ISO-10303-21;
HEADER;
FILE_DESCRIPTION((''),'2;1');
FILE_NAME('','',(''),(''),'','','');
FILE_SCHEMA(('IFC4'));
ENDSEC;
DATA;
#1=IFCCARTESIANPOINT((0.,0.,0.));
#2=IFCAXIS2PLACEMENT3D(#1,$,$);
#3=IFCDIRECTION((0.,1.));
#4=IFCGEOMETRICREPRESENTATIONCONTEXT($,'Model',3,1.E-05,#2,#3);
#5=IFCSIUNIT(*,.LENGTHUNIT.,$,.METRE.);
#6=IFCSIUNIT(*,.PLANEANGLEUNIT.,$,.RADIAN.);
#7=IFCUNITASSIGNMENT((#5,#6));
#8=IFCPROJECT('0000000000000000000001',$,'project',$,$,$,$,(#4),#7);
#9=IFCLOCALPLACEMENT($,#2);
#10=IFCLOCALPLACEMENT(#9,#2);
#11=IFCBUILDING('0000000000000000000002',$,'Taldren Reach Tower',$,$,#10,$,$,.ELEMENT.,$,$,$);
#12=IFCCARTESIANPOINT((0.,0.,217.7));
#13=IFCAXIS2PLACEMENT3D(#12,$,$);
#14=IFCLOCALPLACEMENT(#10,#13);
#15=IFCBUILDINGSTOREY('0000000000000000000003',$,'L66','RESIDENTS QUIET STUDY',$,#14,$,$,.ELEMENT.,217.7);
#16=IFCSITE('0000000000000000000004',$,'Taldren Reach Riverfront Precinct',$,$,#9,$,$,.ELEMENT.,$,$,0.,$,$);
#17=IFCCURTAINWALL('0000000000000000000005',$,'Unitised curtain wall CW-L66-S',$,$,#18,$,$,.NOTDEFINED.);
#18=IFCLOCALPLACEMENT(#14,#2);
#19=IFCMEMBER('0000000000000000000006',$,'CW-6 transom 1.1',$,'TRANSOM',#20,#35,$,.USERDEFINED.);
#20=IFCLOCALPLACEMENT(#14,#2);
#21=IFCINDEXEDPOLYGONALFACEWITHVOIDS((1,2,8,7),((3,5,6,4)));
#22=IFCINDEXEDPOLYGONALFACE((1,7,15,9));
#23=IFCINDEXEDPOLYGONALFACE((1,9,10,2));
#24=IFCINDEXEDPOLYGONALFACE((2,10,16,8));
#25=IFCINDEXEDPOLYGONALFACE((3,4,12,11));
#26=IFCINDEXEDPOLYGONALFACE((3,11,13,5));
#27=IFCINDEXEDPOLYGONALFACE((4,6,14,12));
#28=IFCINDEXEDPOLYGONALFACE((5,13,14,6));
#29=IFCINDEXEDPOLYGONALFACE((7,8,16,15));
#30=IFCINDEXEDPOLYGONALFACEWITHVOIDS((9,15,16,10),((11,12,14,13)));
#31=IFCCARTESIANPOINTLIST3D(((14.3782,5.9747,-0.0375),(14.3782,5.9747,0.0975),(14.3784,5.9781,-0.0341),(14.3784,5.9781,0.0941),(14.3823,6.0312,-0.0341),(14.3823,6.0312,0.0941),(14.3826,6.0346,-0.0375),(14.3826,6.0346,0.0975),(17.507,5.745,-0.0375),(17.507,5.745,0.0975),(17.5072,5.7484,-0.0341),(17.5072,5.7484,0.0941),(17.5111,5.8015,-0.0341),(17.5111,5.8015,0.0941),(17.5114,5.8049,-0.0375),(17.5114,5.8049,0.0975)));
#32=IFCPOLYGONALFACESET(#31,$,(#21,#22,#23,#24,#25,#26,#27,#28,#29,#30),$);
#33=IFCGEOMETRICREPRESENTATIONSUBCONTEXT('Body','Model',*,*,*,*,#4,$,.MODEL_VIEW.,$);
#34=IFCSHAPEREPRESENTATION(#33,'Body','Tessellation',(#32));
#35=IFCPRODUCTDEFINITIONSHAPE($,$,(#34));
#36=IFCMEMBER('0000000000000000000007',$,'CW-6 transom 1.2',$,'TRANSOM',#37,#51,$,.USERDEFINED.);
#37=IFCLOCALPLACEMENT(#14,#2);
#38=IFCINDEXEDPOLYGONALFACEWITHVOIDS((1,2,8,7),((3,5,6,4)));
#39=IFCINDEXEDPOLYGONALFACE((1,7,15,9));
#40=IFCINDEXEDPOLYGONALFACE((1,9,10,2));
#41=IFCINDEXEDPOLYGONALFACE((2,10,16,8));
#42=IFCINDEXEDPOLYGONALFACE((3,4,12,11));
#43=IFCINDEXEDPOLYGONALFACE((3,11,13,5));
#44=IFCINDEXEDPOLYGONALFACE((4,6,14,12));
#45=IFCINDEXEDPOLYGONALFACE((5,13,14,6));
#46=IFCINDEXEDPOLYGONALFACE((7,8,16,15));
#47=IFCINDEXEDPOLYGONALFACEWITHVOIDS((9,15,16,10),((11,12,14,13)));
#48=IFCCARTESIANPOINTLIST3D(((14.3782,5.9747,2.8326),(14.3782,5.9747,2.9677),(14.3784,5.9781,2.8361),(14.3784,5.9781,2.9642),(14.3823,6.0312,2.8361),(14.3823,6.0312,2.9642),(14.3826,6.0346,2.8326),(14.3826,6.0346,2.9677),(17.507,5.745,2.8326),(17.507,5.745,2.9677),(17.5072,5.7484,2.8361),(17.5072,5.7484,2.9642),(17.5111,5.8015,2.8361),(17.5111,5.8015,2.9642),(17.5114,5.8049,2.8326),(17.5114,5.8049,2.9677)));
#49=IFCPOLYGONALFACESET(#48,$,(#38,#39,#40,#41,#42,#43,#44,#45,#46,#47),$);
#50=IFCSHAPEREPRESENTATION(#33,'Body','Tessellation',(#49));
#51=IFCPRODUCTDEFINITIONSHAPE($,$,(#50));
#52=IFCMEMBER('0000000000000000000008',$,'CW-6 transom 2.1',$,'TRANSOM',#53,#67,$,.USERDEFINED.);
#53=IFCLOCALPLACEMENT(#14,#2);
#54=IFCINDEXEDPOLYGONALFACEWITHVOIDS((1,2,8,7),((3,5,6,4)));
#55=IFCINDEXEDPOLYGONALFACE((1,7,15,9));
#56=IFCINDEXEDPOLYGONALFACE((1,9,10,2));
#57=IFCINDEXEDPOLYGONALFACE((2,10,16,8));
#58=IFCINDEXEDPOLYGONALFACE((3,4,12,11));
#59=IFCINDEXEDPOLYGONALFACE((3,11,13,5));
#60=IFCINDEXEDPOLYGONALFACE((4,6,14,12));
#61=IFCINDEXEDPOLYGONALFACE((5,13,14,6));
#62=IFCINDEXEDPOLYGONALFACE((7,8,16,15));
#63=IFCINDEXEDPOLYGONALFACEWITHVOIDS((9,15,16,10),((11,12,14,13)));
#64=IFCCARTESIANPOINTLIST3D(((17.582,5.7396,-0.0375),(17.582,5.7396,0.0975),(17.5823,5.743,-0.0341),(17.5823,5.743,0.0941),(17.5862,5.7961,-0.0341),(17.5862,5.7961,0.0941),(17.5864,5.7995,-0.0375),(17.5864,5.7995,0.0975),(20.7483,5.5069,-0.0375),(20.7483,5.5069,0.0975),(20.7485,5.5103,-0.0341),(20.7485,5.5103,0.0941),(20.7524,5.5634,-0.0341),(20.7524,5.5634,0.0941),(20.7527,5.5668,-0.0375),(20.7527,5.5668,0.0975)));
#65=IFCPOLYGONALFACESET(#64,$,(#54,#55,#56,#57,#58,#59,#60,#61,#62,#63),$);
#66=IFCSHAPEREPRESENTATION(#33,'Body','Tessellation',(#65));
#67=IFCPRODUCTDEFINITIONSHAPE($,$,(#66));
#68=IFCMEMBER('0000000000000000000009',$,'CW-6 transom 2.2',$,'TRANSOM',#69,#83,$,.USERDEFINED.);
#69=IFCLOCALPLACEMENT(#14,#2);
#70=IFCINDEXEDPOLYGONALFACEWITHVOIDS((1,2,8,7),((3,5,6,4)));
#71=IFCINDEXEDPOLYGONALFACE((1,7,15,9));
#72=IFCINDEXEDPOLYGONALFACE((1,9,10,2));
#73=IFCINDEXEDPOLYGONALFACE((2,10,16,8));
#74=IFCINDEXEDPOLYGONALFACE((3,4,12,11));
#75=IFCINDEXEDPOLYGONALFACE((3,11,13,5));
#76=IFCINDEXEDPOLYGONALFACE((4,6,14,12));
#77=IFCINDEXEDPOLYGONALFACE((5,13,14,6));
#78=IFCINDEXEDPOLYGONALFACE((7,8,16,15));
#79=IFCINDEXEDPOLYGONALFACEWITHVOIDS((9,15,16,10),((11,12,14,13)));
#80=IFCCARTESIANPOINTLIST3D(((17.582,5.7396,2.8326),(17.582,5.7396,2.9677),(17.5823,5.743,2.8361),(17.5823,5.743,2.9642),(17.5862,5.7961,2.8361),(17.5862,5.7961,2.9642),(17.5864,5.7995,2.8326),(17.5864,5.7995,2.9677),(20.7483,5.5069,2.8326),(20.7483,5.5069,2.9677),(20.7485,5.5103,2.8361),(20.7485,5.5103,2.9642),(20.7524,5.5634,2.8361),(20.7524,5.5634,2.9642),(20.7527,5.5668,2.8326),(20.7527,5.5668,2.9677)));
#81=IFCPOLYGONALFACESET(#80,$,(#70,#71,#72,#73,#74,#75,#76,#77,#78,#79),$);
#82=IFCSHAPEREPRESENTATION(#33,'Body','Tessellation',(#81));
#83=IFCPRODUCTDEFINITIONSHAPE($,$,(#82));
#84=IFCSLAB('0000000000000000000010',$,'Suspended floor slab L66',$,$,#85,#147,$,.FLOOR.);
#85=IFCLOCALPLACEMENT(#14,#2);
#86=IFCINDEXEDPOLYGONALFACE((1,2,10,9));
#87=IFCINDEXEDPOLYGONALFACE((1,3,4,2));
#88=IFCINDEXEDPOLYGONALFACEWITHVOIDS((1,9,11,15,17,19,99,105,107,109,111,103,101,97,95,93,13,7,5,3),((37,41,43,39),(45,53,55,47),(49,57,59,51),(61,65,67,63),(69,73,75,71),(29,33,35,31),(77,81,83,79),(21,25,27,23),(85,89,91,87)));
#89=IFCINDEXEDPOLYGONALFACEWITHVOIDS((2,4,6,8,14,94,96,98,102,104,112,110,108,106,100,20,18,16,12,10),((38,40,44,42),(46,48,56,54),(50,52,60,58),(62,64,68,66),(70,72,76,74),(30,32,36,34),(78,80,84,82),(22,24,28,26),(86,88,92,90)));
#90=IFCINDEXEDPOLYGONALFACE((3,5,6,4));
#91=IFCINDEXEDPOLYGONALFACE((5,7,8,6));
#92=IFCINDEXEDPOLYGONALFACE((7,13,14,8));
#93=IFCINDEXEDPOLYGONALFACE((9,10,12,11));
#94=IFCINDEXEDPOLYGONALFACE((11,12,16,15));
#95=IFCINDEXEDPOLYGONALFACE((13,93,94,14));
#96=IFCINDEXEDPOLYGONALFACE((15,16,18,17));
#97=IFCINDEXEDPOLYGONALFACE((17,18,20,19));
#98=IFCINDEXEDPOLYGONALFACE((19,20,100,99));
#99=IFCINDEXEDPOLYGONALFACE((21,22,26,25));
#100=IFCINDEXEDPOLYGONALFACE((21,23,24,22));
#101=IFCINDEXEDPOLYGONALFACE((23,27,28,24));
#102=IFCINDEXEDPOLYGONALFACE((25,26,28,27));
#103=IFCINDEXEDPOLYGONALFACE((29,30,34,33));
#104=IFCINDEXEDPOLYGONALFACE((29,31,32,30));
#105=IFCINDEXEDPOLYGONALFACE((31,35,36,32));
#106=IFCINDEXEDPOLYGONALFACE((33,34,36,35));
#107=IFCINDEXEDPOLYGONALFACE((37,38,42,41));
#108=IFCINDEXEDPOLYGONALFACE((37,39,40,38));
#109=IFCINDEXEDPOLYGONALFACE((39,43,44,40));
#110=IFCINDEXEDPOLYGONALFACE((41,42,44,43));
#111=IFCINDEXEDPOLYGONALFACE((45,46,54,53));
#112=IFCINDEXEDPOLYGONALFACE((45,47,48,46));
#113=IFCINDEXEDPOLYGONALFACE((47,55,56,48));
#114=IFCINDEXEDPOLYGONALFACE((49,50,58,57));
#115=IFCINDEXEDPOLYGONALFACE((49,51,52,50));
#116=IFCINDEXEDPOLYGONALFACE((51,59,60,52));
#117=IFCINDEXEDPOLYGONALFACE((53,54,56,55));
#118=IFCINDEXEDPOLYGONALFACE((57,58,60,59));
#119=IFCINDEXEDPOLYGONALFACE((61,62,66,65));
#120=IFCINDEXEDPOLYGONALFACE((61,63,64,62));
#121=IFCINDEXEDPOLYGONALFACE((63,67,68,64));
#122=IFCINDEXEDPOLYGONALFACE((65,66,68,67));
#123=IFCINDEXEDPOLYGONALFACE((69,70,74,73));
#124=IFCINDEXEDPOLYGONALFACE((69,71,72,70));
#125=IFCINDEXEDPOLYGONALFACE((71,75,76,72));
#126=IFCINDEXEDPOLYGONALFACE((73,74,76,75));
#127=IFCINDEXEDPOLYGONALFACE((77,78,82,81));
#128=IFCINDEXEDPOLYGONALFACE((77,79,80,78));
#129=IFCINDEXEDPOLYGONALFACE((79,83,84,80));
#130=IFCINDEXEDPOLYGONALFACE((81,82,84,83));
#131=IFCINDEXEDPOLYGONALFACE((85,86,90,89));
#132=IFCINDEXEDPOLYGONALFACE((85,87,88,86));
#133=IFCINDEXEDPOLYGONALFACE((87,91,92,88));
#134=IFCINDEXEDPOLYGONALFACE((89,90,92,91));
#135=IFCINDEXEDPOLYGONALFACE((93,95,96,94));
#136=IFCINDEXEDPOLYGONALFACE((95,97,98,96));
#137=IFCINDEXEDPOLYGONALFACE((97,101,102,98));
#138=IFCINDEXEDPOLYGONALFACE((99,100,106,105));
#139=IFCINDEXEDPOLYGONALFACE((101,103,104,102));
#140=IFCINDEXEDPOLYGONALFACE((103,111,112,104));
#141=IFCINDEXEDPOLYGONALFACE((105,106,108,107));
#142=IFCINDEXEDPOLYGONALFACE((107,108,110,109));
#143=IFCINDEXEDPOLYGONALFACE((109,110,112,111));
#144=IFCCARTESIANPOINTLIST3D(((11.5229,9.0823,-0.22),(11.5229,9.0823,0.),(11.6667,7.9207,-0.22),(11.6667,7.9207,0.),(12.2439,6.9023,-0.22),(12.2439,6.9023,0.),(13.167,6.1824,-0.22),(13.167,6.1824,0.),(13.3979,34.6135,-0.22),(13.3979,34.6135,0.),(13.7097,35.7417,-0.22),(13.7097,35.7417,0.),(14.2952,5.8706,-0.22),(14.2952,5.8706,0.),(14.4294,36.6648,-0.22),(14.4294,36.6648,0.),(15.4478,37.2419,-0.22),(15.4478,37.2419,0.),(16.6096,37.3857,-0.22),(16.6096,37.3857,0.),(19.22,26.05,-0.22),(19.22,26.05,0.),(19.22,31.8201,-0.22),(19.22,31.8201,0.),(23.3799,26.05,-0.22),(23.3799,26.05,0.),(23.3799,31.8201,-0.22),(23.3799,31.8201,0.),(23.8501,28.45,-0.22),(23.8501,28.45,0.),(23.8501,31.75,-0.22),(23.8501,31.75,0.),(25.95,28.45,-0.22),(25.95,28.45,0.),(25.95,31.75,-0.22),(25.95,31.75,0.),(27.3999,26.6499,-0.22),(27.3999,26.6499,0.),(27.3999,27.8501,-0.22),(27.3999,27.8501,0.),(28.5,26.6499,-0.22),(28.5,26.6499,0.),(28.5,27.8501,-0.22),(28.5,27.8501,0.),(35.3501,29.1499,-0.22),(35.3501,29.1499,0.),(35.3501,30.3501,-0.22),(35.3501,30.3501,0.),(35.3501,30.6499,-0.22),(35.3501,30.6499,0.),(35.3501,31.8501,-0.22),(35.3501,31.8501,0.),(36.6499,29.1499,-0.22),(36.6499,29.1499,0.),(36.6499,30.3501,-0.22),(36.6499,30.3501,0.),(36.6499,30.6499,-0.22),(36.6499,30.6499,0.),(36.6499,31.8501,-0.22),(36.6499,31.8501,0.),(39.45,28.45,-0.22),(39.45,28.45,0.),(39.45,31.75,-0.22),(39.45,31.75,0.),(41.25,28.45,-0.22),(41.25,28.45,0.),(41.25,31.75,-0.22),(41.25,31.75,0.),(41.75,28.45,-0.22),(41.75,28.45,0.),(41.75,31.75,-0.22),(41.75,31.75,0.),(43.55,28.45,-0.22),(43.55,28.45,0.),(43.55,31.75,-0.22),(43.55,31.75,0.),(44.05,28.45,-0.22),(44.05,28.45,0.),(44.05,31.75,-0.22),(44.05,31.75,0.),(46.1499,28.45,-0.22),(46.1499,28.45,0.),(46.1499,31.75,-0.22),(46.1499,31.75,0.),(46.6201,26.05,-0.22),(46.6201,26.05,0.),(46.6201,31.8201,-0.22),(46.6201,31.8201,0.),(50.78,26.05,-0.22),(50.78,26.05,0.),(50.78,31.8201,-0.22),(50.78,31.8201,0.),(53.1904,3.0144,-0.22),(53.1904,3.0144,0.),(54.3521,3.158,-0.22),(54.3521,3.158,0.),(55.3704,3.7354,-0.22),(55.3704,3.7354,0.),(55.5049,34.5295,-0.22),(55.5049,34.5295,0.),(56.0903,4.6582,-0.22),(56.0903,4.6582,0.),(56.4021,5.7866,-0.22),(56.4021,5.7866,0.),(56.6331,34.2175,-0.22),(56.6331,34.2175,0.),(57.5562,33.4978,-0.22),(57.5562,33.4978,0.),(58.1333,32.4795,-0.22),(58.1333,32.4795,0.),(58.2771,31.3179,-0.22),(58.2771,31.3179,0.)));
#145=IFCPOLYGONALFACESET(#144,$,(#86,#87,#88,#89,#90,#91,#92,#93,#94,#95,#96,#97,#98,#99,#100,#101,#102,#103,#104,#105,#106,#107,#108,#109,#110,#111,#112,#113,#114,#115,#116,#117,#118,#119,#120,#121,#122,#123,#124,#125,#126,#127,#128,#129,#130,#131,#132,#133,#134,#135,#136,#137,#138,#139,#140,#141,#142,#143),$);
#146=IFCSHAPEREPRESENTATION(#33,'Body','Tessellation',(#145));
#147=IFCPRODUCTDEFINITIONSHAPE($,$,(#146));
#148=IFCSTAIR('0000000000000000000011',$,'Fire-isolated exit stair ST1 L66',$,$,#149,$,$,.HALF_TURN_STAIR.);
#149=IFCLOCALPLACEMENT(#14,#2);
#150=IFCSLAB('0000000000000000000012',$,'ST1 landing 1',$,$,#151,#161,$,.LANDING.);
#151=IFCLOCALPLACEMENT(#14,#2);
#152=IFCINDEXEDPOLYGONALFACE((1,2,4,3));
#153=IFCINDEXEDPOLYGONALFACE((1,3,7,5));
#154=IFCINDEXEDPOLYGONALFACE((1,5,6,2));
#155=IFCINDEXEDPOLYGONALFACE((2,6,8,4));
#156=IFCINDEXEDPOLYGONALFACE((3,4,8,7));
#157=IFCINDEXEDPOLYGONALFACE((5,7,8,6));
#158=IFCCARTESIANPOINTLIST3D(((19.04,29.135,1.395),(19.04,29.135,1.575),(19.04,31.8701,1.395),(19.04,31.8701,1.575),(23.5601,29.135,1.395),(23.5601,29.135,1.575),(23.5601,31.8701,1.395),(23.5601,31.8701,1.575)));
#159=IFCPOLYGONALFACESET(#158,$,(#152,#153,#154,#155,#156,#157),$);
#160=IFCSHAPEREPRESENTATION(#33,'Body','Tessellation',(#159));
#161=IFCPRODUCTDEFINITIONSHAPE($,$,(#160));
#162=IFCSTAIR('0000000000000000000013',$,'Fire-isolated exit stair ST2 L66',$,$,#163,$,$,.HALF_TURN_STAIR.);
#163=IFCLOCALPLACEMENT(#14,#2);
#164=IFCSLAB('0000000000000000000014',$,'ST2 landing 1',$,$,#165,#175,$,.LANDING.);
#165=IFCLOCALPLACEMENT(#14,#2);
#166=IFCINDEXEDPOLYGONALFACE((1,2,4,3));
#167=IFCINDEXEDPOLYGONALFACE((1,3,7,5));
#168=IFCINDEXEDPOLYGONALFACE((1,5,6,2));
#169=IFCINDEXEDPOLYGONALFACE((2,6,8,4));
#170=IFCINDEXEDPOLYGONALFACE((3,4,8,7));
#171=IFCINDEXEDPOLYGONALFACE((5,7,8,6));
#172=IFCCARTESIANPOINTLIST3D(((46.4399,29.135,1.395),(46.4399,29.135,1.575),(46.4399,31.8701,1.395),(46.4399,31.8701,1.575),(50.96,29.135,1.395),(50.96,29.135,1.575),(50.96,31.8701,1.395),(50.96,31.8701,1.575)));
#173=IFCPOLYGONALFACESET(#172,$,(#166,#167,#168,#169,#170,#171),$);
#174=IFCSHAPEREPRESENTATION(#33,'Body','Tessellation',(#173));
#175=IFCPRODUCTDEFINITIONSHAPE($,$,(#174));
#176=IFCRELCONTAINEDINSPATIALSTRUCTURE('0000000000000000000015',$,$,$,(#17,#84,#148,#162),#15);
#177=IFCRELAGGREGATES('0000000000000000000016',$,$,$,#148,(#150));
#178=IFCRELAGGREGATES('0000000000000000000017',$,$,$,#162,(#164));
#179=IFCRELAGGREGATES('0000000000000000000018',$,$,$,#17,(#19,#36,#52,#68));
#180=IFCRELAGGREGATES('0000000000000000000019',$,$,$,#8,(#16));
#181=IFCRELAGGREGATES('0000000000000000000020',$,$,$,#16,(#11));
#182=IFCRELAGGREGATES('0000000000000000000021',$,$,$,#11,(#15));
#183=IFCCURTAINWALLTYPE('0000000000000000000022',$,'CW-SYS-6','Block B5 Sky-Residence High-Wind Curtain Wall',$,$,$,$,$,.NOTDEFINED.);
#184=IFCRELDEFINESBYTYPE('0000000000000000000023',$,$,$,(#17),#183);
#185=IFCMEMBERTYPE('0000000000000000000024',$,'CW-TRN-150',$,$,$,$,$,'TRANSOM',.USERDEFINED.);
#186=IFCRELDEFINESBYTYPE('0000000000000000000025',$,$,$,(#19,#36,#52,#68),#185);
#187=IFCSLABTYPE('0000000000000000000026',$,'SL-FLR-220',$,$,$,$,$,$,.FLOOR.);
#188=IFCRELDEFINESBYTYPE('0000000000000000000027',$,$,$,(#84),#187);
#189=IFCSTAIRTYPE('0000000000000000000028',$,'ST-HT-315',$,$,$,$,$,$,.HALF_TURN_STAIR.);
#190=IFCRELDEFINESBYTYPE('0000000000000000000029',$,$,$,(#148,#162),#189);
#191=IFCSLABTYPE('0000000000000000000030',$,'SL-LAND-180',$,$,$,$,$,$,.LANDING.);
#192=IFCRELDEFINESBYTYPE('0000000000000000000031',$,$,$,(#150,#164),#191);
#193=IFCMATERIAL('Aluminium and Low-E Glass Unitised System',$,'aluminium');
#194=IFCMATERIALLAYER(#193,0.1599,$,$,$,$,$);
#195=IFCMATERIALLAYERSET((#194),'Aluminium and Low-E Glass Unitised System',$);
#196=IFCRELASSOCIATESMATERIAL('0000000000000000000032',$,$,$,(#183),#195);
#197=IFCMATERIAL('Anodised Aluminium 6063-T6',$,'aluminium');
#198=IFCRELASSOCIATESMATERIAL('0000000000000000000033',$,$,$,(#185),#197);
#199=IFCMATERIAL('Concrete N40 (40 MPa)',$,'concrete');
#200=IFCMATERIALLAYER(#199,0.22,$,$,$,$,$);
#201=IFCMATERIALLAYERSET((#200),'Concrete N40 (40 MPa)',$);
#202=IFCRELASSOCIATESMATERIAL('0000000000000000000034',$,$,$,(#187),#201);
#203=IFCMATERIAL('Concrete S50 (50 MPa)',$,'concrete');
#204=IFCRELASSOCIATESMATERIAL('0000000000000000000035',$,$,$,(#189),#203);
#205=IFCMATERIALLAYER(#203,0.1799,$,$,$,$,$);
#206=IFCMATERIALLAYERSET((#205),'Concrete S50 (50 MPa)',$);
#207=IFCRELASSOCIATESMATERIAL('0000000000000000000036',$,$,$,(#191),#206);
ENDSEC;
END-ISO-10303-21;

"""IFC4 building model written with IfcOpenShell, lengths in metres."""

from ifc_helpers import new_model, si_unit, direction, frame, origin, origin_2d, place, context, subcontext, project, spatial, polyline, hollow_rectangle, outline, extrude, source, transform, mapped, material, layer, layer_set, material_profile, profile_set, type_object, element, aggregate, save


model = new_model("IFC4")

# Units and contexts
model_context = context("Model", 3, precision=1e-05, world=origin(), true_north=direction((0.0, 1.0)))
body_context = subcontext(model_context, "Body", "Model", "MODEL_VIEW")
ifc_project = project(units=[si_unit("LENGTHUNIT", "METRE"), si_unit("PLANEANGLEUNIT", "RADIAN")], contexts=[model_context])

# Site, building, storey
site_placement = place(None, origin())
site = spatial("IfcSite", under=ifc_project, at=site_placement, Name="Taldren Reach Riverfront Precinct", CompositionType="ELEMENT", RefElevation=0.0)
building_placement = place(site_placement, origin())
building = spatial("IfcBuilding", under=site, at=building_placement, Name="Taldren Reach Tower", CompositionType="ELEMENT")
storey_placement = place(building_placement, frame((0.0, 0.0, 217.7)))
storey = spatial("IfcBuildingStorey", under=building, at=storey_placement, Name="L66", Description="RESIDENTS QUIET STUDY", CompositionType="ELEMENT", Elevation=217.7)

# Curtain wall
ifc_material_1 = material(Name="Aluminium and Low-E Glass Unitised System", Category="aluminium")
ifc_layer_1 = layer(ifc_material_1, 0.1599)
ifc_layer_set_1 = layer_set([ifc_layer_1], Name="Aluminium and Low-E Glass Unitised System")
curtain_wall_type = type_object("IfcCurtainWallType", Name="CW-SYS-6", Description="Block B5 Sky-Residence High-Wind Curtain Wall", PredefinedType="NOTDEFINED", material=ifc_layer_set_1)
curtain_wall_1_placement = place(storey_placement, origin())
curtain_wall_1 = element("IfcCurtainWall", 1, at=curtain_wall_1_placement, inside=storey, type_object=curtain_wall_type, Name="Unitised curtain wall CW-L66-S", PredefinedType="NOTDEFINED")
ifc_material_2 = material(Name="Anodised Aluminium 6063-T6", Category="aluminium")

# Members
ifc_material_profile_1 = material_profile(ifc_material_2, hollow_rectangle(XDim=0.0601, YDim=0.135, WallThickness=0.0034, at=origin_2d()), Name="ALU-135x60x3.5RHS")
ifc_profile_set_1 = profile_set([ifc_material_profile_1], Name="Anodised Aluminium 6063-T6")
member_type_1 = type_object("IfcMemberType", Name="CW-TRN-150", ElementType="TRANSOM", PredefinedType="USERDEFINED", material=ifc_profile_set_1)
shared_shape_1 = source(origin(), body_context, "Body", "SweptSolid", [
    extrude(hollow_rectangle(XDim=0.0601, YDim=0.135, WallThickness=0.0034, at=origin_2d()), origin(), (0.0, 0.0, 1.0), 3.1372),
])
member_1_placement = place(storey_placement, frame((14.3804, 6.0046, 0.03), z_axis=(0.997315, -0.073227, 0.0), x_axis=(0.073227, 0.997315, 0.0)))
member_1 = element("IfcMember", 2, at=member_1_placement, type_object=member_type_1, Name="CW-6 transom 1.1", ObjectType="TRANSOM", PredefinedType="USERDEFINED", context=body_context, shape_type="MappedRepresentation", body=[
    mapped(shared_shape_1, transform((0.0, 0.0, 0.0), scale=1.0)),
])
member_2_placement = place(storey_placement, frame((14.3804, 6.0046, 2.9001), z_axis=(0.997315, -0.073227, 0.0), x_axis=(0.073227, 0.997315, 0.0)))
member_2 = element("IfcMember", 3, at=member_2_placement, type_object=member_type_1, Name="CW-6 transom 1.2", ObjectType="TRANSOM", PredefinedType="USERDEFINED", context=body_context, shape_type="MappedRepresentation", body=[
    mapped(shared_shape_1, transform((0.0, 0.0, 0.0), scale=1.0)),
])
shared_shape_2 = source(origin(), body_context, "Body", "SweptSolid", [
    extrude(hollow_rectangle(XDim=0.0601, YDim=0.135, WallThickness=0.0034, at=origin_2d()), origin(), (0.0, 0.0, 1.0), 3.1748),
])
member_3_placement = place(storey_placement, frame((17.5842, 5.7695, 0.03), z_axis=(0.997311, -0.073285, 0.0), x_axis=(0.073285, 0.997311, 0.0)))
member_3 = element("IfcMember", 4, at=member_3_placement, type_object=member_type_1, Name="CW-6 transom 2.1", ObjectType="TRANSOM", PredefinedType="USERDEFINED", context=body_context, shape_type="MappedRepresentation", body=[
    mapped(shared_shape_2, transform((0.0, 0.0, 0.0), scale=1.0)),
])
member_4_placement = place(storey_placement, frame((17.5842, 5.7695, 2.9001), z_axis=(0.997311, -0.073285, 0.0), x_axis=(0.073285, 0.997311, 0.0)))
member_4 = element("IfcMember", 5, at=member_4_placement, type_object=member_type_1, Name="CW-6 transom 2.2", ObjectType="TRANSOM", PredefinedType="USERDEFINED", context=body_context, shape_type="MappedRepresentation", body=[
    mapped(shared_shape_2, transform((0.0, 0.0, 0.0), scale=1.0)),
])

# Slab
ifc_material_3 = material(Name="Concrete N40 (40 MPa)", Category="concrete")
ifc_layer_2 = layer(ifc_material_3, 0.22)
ifc_layer_set_2 = layer_set([ifc_layer_2], Name="Concrete N40 (40 MPa)")
slab_type_1 = type_object("IfcSlabType", Name="SL-FLR-220", PredefinedType="FLOOR", material=ifc_layer_set_2)
slab_1_placement = place(storey_placement, frame((0.0, 0.0, -0.22)))
element("IfcSlab", 6, at=slab_1_placement, inside=storey, type_object=slab_type_1, Name="Suspended floor slab L66", PredefinedType="FLOOR", context=body_context, shape_type="SweptSolid", body=[
    extrude(outline(polyline([(53.1904, 3.0144), (54.3521, 3.158), (55.3704, 3.7354), (56.0903, 4.6582), (56.4021, 5.7866), (58.2771, 31.3179), (58.1333, 32.4795), (57.5562, 33.4978), (56.6331, 34.2175), (55.5049, 34.5295), (16.6096, 37.3857), (15.4478, 37.2419), (14.4294, 36.6648), (13.7097, 35.7417), (13.3979, 34.6135), (11.5229, 9.0823), (11.6667, 7.9207), (12.2439, 6.9023), (13.167, 6.1824), (14.2952, 5.8706), (53.1904, 3.0144)]), holes=[polyline([(19.22, 26.05), (23.3799, 26.05), (23.3799, 31.8201), (19.22, 31.8201), (19.22, 26.05)]), polyline([(46.6201, 26.05), (50.78, 26.05), (50.78, 31.8201), (46.6201, 31.8201), (46.6201, 26.05)]), polyline([(23.8501, 28.45), (25.95, 28.45), (25.95, 31.75), (23.8501, 31.75), (23.8501, 28.45)]), polyline([(44.05, 28.45), (46.1499, 28.45), (46.1499, 31.75), (44.05, 31.75), (44.05, 28.45)]), polyline([(39.45, 28.45), (41.25, 28.45), (41.25, 31.75), (39.45, 31.75), (39.45, 28.45)]), polyline([(41.75, 28.45), (43.55, 28.45), (43.55, 31.75), (41.75, 31.75), (41.75, 28.45)]), polyline([(35.3501, 30.6499), (36.6499, 30.6499), (36.6499, 31.8501), (35.3501, 31.8501), (35.3501, 30.6499)]), polyline([(35.3501, 29.1499), (36.6499, 29.1499), (36.6499, 30.3501), (35.3501, 30.3501), (35.3501, 29.1499)]), polyline([(27.3999, 26.6499), (28.5, 26.6499), (28.5, 27.8501), (27.3999, 27.8501), (27.3999, 26.6499)])]), origin(), (0.0, 0.0, 1.0), 0.22),
])

# Stairs, slabs
ifc_material_4 = material(Name="Concrete S50 (50 MPa)", Category="concrete")
stair_type = type_object("IfcStairType", Name="ST-HT-315", PredefinedType="HALF_TURN_STAIR", material=ifc_material_4)
stair_1_placement = place(storey_placement, origin())
stair_1 = element("IfcStair", 7, at=stair_1_placement, inside=storey, type_object=stair_type, Name="Fire-isolated exit stair ST1 L66", PredefinedType="HALF_TURN_STAIR")
ifc_layer_3 = layer(ifc_material_4, 0.1799)
ifc_layer_set_3 = layer_set([ifc_layer_3], Name="Concrete S50 (50 MPa)")
slab_type_2 = type_object("IfcSlabType", Name="SL-LAND-180", PredefinedType="LANDING", material=ifc_layer_set_3)
slab_2_placement = place(storey_placement, frame((0.0, 0.0, 1.395)))
slab_2 = element("IfcSlab", 8, at=slab_2_placement, type_object=slab_type_2, Name="ST1 landing 1", PredefinedType="LANDING", context=body_context, shape_type="SweptSolid", body=[
    extrude(outline(polyline([(19.04, 29.135), (23.5601, 29.135), (23.5601, 31.8701), (19.04, 31.8701), (19.04, 29.135)])), origin(), (0.0, 0.0, 1.0), 0.1799),
])
aggregate(stair_1, [slab_2])
stair_2_placement = place(storey_placement, origin())
stair_2 = element("IfcStair", 9, at=stair_2_placement, inside=storey, type_object=stair_type, Name="Fire-isolated exit stair ST2 L66", PredefinedType="HALF_TURN_STAIR")
slab_3_placement = place(storey_placement, frame((0.0, 0.0, 1.395)))
slab_3 = element("IfcSlab", 10, at=slab_3_placement, type_object=slab_type_2, Name="ST2 landing 1", PredefinedType="LANDING", context=body_context, shape_type="SweptSolid", body=[
    extrude(outline(polyline([(46.4399, 29.135), (50.96, 29.135), (50.96, 31.8701), (46.4399, 31.8701), (46.4399, 29.135)])), origin(), (0.0, 0.0, 1.0), 0.1799),
])
aggregate(stair_2, [slab_3])

aggregate(curtain_wall_1, [member_1, member_2, member_3, member_4])

save(model, "model.ifc")
